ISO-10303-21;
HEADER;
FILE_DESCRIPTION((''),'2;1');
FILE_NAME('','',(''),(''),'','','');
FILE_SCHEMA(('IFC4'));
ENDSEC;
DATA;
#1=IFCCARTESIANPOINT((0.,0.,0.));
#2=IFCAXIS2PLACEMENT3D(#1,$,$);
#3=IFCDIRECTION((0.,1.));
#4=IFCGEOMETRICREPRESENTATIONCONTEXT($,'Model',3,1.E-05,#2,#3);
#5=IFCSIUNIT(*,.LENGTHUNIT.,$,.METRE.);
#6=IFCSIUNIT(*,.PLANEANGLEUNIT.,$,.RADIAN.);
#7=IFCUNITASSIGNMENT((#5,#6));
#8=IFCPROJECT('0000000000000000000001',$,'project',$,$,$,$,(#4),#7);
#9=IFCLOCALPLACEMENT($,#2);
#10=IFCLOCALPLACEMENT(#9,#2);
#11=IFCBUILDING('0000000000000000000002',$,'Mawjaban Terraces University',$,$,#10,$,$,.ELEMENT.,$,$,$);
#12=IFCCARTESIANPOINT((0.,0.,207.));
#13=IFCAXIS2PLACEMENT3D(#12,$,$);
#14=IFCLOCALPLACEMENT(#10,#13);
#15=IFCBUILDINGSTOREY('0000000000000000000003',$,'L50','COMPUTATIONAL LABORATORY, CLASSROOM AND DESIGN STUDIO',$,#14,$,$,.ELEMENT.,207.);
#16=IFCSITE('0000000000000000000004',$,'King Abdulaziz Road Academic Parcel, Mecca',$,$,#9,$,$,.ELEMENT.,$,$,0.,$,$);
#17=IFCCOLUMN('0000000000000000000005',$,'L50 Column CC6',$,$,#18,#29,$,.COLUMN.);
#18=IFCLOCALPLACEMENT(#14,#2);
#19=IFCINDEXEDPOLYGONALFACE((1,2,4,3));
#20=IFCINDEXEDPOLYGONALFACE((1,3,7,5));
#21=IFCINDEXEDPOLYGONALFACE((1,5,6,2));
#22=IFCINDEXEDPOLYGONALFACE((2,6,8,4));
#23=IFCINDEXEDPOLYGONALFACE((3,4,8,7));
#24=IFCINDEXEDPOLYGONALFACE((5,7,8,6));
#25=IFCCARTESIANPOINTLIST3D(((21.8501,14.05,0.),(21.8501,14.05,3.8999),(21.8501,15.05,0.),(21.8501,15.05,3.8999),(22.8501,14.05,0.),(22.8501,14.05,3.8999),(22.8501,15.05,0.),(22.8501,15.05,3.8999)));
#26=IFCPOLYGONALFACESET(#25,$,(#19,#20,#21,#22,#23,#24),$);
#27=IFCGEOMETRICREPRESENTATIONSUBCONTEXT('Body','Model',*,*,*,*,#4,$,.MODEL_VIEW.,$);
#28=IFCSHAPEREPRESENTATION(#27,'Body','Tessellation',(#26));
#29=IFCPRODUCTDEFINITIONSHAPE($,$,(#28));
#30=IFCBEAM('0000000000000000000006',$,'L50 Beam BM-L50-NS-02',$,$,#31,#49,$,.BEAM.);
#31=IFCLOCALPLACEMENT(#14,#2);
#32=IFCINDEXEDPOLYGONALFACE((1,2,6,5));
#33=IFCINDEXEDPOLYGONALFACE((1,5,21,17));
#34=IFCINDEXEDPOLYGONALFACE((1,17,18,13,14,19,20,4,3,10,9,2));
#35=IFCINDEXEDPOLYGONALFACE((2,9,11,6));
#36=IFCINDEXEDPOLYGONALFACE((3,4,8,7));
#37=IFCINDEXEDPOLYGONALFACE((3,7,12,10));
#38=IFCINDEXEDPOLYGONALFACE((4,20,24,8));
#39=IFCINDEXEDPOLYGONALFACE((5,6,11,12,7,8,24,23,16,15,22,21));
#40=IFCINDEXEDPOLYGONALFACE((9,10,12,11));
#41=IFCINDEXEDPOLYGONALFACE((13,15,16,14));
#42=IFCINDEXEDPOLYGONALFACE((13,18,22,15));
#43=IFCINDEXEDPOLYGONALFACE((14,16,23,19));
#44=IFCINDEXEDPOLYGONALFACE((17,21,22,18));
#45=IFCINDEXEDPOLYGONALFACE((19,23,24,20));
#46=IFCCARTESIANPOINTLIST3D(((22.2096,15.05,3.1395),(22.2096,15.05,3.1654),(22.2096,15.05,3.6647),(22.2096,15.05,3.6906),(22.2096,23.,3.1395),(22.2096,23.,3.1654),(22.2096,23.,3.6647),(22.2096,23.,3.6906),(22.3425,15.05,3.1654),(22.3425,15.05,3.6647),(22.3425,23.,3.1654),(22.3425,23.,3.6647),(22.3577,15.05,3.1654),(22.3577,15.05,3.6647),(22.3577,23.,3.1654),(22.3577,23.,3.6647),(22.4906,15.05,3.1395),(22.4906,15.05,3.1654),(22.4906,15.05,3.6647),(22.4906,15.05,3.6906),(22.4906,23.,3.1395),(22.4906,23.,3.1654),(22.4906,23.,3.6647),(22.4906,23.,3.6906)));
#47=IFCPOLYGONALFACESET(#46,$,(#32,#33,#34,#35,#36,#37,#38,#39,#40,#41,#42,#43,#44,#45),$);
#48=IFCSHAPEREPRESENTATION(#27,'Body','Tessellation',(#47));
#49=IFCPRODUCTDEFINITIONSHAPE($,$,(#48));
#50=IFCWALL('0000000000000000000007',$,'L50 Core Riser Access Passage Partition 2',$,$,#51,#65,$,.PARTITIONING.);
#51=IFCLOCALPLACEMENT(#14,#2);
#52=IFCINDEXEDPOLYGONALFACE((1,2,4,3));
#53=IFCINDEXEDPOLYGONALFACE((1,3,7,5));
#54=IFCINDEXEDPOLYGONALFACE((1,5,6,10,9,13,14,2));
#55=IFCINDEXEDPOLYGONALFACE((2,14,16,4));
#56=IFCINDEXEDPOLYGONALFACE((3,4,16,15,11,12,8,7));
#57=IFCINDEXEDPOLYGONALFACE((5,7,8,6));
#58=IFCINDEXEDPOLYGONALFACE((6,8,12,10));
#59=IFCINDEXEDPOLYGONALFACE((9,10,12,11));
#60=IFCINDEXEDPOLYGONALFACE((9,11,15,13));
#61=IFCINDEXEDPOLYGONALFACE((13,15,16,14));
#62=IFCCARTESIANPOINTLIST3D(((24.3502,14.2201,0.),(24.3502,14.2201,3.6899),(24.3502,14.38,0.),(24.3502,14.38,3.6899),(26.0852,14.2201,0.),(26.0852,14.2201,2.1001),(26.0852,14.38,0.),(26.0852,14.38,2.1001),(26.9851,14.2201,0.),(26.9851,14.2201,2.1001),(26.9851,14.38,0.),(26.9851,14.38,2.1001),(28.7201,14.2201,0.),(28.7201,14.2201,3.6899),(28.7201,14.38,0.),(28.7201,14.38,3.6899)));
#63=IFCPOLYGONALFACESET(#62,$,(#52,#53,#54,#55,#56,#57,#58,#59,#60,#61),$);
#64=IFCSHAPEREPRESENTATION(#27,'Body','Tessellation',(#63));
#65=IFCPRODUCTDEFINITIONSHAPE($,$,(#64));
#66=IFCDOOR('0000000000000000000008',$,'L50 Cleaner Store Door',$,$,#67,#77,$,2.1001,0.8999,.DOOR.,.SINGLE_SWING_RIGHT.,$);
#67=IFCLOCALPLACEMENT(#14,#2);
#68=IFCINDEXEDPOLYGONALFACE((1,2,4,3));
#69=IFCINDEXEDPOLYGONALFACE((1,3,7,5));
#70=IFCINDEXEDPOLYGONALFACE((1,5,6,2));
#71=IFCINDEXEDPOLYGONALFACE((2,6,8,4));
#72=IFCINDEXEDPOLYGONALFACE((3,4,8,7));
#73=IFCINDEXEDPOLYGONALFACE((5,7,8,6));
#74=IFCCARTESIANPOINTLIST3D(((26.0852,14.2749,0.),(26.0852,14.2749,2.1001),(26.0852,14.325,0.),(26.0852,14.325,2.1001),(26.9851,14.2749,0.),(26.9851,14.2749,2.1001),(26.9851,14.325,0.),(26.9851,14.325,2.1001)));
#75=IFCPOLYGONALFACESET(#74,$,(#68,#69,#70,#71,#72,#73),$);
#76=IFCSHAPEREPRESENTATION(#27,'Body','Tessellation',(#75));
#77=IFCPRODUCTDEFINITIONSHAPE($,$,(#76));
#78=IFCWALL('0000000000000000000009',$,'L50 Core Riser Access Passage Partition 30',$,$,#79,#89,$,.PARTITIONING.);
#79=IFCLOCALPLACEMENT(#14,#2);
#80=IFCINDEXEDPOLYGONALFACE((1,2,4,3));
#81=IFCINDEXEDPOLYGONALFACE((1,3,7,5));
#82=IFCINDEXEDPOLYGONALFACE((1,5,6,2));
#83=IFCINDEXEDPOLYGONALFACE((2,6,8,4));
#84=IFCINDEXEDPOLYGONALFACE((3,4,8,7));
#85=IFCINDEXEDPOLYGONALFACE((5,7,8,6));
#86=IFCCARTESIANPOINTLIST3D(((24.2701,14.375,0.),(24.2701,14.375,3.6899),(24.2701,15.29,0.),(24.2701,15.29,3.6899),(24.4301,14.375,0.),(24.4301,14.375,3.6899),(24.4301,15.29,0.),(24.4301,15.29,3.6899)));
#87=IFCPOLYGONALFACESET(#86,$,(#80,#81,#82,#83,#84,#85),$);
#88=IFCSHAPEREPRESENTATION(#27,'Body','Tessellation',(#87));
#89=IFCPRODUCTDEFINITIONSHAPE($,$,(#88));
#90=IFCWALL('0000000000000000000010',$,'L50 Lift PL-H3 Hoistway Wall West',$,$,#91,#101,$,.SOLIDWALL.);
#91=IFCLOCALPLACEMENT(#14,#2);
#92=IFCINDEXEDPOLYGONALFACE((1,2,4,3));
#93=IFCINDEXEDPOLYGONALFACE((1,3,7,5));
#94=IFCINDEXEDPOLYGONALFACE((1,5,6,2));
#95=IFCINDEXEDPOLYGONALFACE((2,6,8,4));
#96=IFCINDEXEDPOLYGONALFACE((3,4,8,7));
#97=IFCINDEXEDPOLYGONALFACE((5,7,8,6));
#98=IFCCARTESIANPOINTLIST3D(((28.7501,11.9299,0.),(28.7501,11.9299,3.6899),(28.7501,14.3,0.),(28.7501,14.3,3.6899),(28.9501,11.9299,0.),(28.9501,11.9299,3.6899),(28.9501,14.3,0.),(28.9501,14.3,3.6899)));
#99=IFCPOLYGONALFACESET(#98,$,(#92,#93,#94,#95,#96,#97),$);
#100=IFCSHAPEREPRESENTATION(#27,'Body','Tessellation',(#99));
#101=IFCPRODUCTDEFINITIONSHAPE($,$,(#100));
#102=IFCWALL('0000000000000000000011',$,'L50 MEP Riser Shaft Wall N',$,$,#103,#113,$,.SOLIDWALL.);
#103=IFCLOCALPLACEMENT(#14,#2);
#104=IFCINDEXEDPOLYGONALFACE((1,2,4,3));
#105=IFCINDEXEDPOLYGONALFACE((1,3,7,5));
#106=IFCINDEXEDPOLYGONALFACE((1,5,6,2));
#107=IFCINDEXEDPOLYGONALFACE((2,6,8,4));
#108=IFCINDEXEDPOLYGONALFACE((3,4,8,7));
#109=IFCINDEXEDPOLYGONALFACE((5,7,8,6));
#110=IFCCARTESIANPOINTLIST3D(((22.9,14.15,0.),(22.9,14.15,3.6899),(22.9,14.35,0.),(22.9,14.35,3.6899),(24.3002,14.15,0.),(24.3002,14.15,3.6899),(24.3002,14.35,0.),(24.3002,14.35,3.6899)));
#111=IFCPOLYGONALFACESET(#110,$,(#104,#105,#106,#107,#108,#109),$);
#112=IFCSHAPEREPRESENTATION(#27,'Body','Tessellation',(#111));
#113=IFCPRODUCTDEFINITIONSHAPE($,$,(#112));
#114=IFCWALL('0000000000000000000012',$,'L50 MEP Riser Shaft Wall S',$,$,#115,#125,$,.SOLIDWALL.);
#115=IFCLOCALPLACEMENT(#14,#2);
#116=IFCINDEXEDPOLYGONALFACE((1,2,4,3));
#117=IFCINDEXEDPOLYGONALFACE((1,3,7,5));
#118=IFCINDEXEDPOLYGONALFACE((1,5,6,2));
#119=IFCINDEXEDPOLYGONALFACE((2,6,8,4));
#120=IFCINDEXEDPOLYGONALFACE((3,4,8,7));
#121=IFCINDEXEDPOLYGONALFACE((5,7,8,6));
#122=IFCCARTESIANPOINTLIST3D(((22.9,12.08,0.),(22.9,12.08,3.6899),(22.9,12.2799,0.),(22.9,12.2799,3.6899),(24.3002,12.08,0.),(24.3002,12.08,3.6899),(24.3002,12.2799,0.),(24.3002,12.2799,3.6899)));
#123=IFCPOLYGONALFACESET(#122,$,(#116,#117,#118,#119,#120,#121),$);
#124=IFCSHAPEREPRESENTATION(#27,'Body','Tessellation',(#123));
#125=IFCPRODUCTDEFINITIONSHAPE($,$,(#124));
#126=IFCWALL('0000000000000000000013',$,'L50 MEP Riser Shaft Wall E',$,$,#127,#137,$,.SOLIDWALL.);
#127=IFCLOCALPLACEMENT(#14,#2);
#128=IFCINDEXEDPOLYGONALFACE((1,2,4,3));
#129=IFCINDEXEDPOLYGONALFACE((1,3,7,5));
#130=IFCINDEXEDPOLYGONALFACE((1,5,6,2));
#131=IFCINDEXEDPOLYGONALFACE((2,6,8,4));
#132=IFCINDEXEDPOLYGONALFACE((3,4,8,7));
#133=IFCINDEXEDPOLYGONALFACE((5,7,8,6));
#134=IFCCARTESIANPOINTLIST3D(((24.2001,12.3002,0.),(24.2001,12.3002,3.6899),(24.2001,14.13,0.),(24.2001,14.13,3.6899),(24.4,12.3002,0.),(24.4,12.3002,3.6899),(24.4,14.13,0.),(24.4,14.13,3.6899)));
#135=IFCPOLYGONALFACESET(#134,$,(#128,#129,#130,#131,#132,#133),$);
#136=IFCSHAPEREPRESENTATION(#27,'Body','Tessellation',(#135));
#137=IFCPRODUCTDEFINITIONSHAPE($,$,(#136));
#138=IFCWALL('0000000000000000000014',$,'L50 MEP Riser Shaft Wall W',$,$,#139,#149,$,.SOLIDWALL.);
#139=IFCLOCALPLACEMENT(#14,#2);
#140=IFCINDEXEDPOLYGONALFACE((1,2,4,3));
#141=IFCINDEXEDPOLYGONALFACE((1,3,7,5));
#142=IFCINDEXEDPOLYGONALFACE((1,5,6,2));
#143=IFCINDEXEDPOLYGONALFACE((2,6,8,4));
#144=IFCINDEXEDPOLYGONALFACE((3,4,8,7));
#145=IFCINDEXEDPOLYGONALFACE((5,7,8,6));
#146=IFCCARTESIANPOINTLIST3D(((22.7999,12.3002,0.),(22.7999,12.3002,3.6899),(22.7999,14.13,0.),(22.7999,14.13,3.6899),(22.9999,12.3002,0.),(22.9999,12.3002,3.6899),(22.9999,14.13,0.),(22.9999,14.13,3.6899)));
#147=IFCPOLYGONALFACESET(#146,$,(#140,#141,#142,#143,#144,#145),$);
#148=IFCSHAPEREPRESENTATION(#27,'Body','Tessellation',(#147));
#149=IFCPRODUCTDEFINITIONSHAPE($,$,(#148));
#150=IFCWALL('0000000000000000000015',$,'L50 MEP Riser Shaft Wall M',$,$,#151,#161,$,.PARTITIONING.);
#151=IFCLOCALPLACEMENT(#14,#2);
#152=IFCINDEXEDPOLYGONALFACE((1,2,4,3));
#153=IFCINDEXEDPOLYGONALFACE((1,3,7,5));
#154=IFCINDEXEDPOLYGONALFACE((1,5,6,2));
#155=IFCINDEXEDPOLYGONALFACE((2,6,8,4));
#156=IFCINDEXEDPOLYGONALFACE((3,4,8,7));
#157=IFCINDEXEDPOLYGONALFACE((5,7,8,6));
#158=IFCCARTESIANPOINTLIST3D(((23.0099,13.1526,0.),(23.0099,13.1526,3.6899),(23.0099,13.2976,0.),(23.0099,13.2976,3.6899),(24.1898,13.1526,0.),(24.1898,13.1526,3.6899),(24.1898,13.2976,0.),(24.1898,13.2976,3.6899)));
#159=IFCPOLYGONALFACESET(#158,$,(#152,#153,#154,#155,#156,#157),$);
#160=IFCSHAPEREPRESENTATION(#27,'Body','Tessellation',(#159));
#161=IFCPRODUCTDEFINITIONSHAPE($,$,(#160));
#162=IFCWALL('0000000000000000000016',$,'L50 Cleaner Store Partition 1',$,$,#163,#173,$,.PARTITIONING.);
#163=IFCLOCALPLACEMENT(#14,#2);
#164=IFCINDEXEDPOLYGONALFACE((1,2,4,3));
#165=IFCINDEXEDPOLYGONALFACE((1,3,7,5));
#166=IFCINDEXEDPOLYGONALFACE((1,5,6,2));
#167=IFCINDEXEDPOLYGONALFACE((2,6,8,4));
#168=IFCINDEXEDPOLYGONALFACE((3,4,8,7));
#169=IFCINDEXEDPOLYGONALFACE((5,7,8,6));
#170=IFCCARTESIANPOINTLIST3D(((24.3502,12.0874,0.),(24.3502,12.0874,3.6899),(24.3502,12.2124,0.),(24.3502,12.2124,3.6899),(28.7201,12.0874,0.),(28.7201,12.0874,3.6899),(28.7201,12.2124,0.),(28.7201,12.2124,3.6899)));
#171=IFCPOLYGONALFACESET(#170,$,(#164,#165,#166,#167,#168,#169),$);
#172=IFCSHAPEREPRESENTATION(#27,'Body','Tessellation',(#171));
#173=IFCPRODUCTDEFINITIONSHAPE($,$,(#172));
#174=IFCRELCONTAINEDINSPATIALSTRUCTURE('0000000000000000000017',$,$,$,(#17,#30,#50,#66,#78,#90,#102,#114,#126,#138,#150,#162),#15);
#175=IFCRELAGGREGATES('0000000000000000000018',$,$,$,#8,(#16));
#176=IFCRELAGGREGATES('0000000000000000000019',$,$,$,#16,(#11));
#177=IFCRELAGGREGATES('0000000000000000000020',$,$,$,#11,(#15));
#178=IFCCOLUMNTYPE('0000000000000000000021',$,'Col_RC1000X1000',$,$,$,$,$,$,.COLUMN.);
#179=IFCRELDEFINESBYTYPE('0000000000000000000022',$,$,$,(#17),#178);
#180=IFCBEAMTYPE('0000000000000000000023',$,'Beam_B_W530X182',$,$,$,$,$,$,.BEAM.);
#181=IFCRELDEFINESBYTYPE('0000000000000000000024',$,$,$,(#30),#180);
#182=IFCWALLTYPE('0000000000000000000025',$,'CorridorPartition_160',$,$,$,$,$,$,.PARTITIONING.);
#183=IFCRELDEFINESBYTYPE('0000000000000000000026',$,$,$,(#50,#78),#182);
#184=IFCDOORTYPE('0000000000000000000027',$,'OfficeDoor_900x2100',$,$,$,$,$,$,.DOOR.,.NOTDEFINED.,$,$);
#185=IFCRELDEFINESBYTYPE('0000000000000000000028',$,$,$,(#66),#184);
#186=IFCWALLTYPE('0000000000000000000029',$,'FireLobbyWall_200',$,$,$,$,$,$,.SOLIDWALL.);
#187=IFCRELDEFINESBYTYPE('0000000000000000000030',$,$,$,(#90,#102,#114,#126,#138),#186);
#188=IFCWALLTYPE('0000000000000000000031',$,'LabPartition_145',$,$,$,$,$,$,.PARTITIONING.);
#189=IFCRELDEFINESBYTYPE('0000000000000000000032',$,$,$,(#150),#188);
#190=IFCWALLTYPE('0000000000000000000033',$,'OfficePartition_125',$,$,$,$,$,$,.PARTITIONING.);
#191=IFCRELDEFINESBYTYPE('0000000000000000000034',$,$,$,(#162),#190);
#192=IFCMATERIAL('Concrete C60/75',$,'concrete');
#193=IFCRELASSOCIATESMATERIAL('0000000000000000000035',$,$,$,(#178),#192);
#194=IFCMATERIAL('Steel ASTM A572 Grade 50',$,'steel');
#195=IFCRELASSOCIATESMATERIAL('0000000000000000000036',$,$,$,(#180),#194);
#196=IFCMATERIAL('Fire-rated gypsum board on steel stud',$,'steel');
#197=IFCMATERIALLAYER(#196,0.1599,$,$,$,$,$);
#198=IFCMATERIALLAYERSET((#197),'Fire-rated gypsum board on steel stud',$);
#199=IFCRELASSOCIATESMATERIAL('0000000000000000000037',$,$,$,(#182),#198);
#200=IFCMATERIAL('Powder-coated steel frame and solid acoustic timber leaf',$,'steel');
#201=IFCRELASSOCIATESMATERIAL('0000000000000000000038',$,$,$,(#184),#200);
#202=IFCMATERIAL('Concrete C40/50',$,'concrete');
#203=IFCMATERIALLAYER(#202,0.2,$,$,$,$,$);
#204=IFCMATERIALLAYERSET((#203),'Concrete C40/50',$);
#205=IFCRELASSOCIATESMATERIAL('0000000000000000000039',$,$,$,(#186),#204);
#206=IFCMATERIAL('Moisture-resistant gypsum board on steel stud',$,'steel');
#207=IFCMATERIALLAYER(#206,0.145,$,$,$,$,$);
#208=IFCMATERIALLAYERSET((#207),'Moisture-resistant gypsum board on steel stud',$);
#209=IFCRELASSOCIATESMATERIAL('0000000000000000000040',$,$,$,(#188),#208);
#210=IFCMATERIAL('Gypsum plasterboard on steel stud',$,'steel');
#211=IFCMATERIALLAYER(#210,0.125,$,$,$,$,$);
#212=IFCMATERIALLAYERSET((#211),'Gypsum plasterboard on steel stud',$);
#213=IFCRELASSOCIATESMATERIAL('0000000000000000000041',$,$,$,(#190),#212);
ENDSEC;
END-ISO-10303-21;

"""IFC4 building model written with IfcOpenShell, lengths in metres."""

from ifc_helpers import new_model, si_unit, direction, frame, frame_2d, origin, origin_2d, place, context, subcontext, project, spatial, rectangle, i_section, extrude, material, layer, layer_set, material_profile, profile_set, type_object, element, fill, save


model = new_model("IFC4")

# Units and contexts
model_context = context("Model", 3, precision=1e-05, world=origin(), true_north=direction((0.0, 1.0)))
body_context = subcontext(model_context, "Body", "Model", "MODEL_VIEW")
ifc_project = project(units=[si_unit("LENGTHUNIT", "METRE"), si_unit("PLANEANGLEUNIT", "RADIAN")], contexts=[model_context])

# Site, building, storey
site_placement = place(None, origin())
site = spatial("IfcSite", under=ifc_project, at=site_placement, Name="King Abdulaziz Road Academic Parcel, Mecca", CompositionType="ELEMENT", RefElevation=0.0)
building_placement = place(site_placement, origin())
building = spatial("IfcBuilding", under=site, at=building_placement, Name="Mawjaban Terraces University", CompositionType="ELEMENT")
storey_placement = place(building_placement, frame((0.0, 0.0, 207.0)))
storey = spatial("IfcBuildingStorey", under=building, at=storey_placement, Name="L50", Description="COMPUTATIONAL LABORATORY, CLASSROOM AND DESIGN STUDIO", CompositionType="ELEMENT", Elevation=207.0)

# Column
ifc_material_1 = material(Name="Concrete C60/75", Category="concrete")
ifc_material_profile_1 = material_profile(ifc_material_1, rectangle(XDim=1.0, YDim=1.0, at=origin_2d()), Name="RC1000X1000")
ifc_profile_set_1 = profile_set([ifc_material_profile_1], Name="Concrete C60/75")
column_type = type_object("IfcColumnType", Name="Col_RC1000X1000", PredefinedType="COLUMN", material=ifc_profile_set_1)
column_placement = place(storey_placement, frame((22.3501, 14.55, 0.0), z_axis=(0.0, 0.0, 1.0), x_axis=(1.0, 0.0, 0.0)))
element("IfcColumn", 1, at=column_placement, inside=storey, type_object=column_type, Name="L50 Column CC6", PredefinedType="COLUMN", context=body_context, shape_type="SweptSolid", body=[
    extrude(rectangle(XDim=1.0, YDim=1.0, at=origin_2d()), origin(), (0.0, 0.0, 1.0), 3.8999),
])

# Beam
ifc_material_2 = material(Name="Steel ASTM A572 Grade 50", Category="steel")
ifc_material_profile_2 = material_profile(ifc_material_2, i_section(OverallWidth=0.281, OverallDepth=0.551, WebThickness=0.0151, FlangeThickness=0.0259, at=origin_2d()), Name="W530X182")
ifc_profile_set_2 = profile_set([ifc_material_profile_2], Name="Steel ASTM A572 Grade 50")
beam_type = type_object("IfcBeamType", Name="Beam_B_W530X182", PredefinedType="BEAM", material=ifc_profile_set_2)
beam_placement = place(storey_placement, frame((22.3501, 15.05, 3.415), z_axis=(0.0, 1.0, 0.0), x_axis=(-1.0, 0.0, 0.0)))
element("IfcBeam", 2, at=beam_placement, inside=storey, type_object=beam_type, Name="L50 Beam BM-L50-NS-02", PredefinedType="BEAM", context=body_context, shape_type="SweptSolid", body=[
    extrude(i_section(OverallWidth=0.281, OverallDepth=0.551, WebThickness=0.0151, FlangeThickness=0.0259, at=origin_2d()), origin(), (0.0, 0.0, 1.0), 7.95),
])

# Wall, opening, door
ifc_material_3 = material(Name="Fire-rated gypsum board on steel stud", Category="steel")
ifc_layer_1 = layer(ifc_material_3, 0.1599)
ifc_layer_set_1 = layer_set([ifc_layer_1], Name="Fire-rated gypsum board on steel stud")
wall_type_1 = type_object("IfcWallType", Name="CorridorPartition_160", PredefinedType="PARTITIONING", material=ifc_layer_set_1)
wall_1_placement = place(storey_placement, frame((24.3501, 14.3, 0.0), z_axis=(0.0, 0.0, 1.0), x_axis=(1.0, 0.0, 0.0)))
wall_1 = element("IfcWall", 3, at=wall_1_placement, inside=storey, type_object=wall_type_1, Name="L50 Core Riser Access Passage Partition 2", PredefinedType="PARTITIONING", context=body_context, shape_type="SweptSolid", body=[
    extrude(rectangle(XDim=4.3699, YDim=0.1599, at=frame_2d((2.1851, 0.0))), origin(), (0.0, 0.0, 1.0), 3.6899),
])
opening_placement = place(wall_1_placement, frame((1.7351, 0.0, 0.0)))
opening = element("IfcOpeningElement", 4, at=opening_placement, cuts=wall_1, PredefinedType="OPENING", context=body_context, shape_type="SweptSolid", body=[
    extrude(rectangle(XDim=0.8999, YDim=2.1001, at=frame_2d((0.45, 1.05))), frame((0.0, 0.0898, 0.0), z_axis=(0.0, -1.0, 0.0), x_axis=(1.0, 0.0, 0.0)), (0.0, 0.0, 1.0), 0.1799),
])
ifc_material_4 = material(Name="Powder-coated steel frame and solid acoustic timber leaf", Category="steel")
door_type = type_object("IfcDoorType", Name="OfficeDoor_900x2100", OperationType="NOTDEFINED", PredefinedType="DOOR", material=ifc_material_4)
door_placement = place(opening_placement, origin())
door = element("IfcDoor", 5, at=door_placement, inside=storey, type_object=door_type, Name="L50 Cleaner Store Door", OperationType="SINGLE_SWING_RIGHT", OverallHeight=2.1001, OverallWidth=0.8999, PredefinedType="DOOR", context=body_context, shape_type="SweptSolid", body=[
    extrude(rectangle(XDim=0.8999, YDim=2.1001, at=frame_2d((0.45, 1.05))), frame((0.0, 0.0249, 0.0), z_axis=(0.0, -1.0, 0.0), x_axis=(1.0, 0.0, 0.0)), (0.0, 0.0, 1.0), 0.05),
])
fill(opening, door)

# Walls
wall_2_placement = place(storey_placement, frame((24.3501, 15.29, 0.0), z_axis=(0.0, 0.0, 1.0), x_axis=(0.0, -1.0, 0.0)))
element("IfcWall", 6, at=wall_2_placement, inside=storey, type_object=wall_type_1, Name="L50 Core Riser Access Passage Partition 30", PredefinedType="PARTITIONING", context=body_context, shape_type="SweptSolid", body=[
    extrude(rectangle(XDim=0.915, YDim=0.1599, at=frame_2d((0.4575, 0.0))), origin(), (0.0, 0.0, 1.0), 3.6899),
])
ifc_material_5 = material(Name="Concrete C40/50", Category="concrete")
ifc_layer_2 = layer(ifc_material_5, 0.2)
ifc_layer_set_2 = layer_set([ifc_layer_2], Name="Concrete C40/50")
wall_type_2 = type_object("IfcWallType", Name="FireLobbyWall_200", PredefinedType="SOLIDWALL", material=ifc_layer_set_2)
wall_3_placement = place(storey_placement, frame((28.8501, 14.3, 0.0), z_axis=(0.0, 0.0, 1.0), x_axis=(0.0, -1.0, 0.0)))
element("IfcWall", 7, at=wall_3_placement, inside=storey, type_object=wall_type_2, Name="L50 Lift PL-H3 Hoistway Wall West", PredefinedType="SOLIDWALL", context=body_context, shape_type="SweptSolid", body=[
    extrude(rectangle(XDim=2.3701, YDim=0.2, at=frame_2d((1.1851, 0.0))), origin(), (0.0, 0.0, 1.0), 3.6899),
])
for number, where, z_axis, x_axis, name in (
    (8, (22.8999, 14.25, 0.0), (0.0, 0.0, 1.0), (1.0, 0.0, 0.0), "L50 MEP Riser Shaft Wall N"),
    (9, (22.8999, 12.1799, 0.0), (0.0, 0.0, 1.0), (1.0, 0.0, 0.0), "L50 MEP Riser Shaft Wall S"),
):
    element("IfcWall", number, at=place(storey_placement, frame(where, z_axis=z_axis, x_axis=x_axis)), inside=storey, type_object=wall_type_2, Name=name, PredefinedType="SOLIDWALL", context=body_context, shape_type="SweptSolid", body=[
        extrude(rectangle(XDim=1.4001, YDim=0.2, at=frame_2d((0.7002, 0.0))), origin(), (0.0, 0.0, 1.0), 3.6899),
    ])
for number, where, z_axis, x_axis, name in (
    (10, (24.3, 12.3, 0.0), (0.0, 0.0, 1.0), (0.0, 1.0, 0.0), "L50 MEP Riser Shaft Wall E"),
    (11, (22.8999, 12.3, 0.0), (0.0, 0.0, 1.0), (0.0, 1.0, 0.0), "L50 MEP Riser Shaft Wall W"),
):
    element("IfcWall", number, at=place(storey_placement, frame(where, z_axis=z_axis, x_axis=x_axis)), inside=storey, type_object=wall_type_2, Name=name, PredefinedType="SOLIDWALL", context=body_context, shape_type="SweptSolid", body=[
        extrude(rectangle(XDim=1.8298, YDim=0.2, at=frame_2d((0.915, 0.0))), origin(), (0.0, 0.0, 1.0), 3.6899),
    ])
ifc_material_6 = material(Name="Moisture-resistant gypsum board on steel stud", Category="steel")
ifc_layer_3 = layer(ifc_material_6, 0.145)
ifc_layer_set_3 = layer_set([ifc_layer_3], Name="Moisture-resistant gypsum board on steel stud")
wall_type_3 = type_object("IfcWallType", Name="LabPartition_145", PredefinedType="PARTITIONING", material=ifc_layer_set_3)
wall_4_placement = place(storey_placement, frame((23.01, 13.2251, 0.0), z_axis=(0.0, 0.0, 1.0), x_axis=(1.0, 0.0, 0.0)))
element("IfcWall", 12, at=wall_4_placement, inside=storey, type_object=wall_type_3, Name="L50 MEP Riser Shaft Wall M", PredefinedType="PARTITIONING", context=body_context, shape_type="SweptSolid", body=[
    extrude(rectangle(XDim=1.1799, YDim=0.145, at=frame_2d((0.5898, 0.0))), origin(), (0.0, 0.0, 1.0), 3.6899),
])
ifc_material_7 = material(Name="Gypsum plasterboard on steel stud", Category="steel")
ifc_layer_4 = layer(ifc_material_7, 0.125)
ifc_layer_set_4 = layer_set([ifc_layer_4], Name="Gypsum plasterboard on steel stud")
wall_type_4 = type_object("IfcWallType", Name="OfficePartition_125", PredefinedType="PARTITIONING", material=ifc_layer_set_4)
wall_5_placement = place(storey_placement, frame((24.3501, 12.1499, 0.0), z_axis=(0.0, 0.0, 1.0), x_axis=(1.0, 0.0, 0.0)))
element("IfcWall", 13, at=wall_5_placement, inside=storey, type_object=wall_type_4, Name="L50 Cleaner Store Partition 1", PredefinedType="PARTITIONING", context=body_context, shape_type="SweptSolid", body=[
    extrude(rectangle(XDim=4.3699, YDim=0.125, at=frame_2d((2.1851, 0.0))), origin(), (0.0, 0.0, 1.0), 3.6899),
])

save(model, "model.ifc")
